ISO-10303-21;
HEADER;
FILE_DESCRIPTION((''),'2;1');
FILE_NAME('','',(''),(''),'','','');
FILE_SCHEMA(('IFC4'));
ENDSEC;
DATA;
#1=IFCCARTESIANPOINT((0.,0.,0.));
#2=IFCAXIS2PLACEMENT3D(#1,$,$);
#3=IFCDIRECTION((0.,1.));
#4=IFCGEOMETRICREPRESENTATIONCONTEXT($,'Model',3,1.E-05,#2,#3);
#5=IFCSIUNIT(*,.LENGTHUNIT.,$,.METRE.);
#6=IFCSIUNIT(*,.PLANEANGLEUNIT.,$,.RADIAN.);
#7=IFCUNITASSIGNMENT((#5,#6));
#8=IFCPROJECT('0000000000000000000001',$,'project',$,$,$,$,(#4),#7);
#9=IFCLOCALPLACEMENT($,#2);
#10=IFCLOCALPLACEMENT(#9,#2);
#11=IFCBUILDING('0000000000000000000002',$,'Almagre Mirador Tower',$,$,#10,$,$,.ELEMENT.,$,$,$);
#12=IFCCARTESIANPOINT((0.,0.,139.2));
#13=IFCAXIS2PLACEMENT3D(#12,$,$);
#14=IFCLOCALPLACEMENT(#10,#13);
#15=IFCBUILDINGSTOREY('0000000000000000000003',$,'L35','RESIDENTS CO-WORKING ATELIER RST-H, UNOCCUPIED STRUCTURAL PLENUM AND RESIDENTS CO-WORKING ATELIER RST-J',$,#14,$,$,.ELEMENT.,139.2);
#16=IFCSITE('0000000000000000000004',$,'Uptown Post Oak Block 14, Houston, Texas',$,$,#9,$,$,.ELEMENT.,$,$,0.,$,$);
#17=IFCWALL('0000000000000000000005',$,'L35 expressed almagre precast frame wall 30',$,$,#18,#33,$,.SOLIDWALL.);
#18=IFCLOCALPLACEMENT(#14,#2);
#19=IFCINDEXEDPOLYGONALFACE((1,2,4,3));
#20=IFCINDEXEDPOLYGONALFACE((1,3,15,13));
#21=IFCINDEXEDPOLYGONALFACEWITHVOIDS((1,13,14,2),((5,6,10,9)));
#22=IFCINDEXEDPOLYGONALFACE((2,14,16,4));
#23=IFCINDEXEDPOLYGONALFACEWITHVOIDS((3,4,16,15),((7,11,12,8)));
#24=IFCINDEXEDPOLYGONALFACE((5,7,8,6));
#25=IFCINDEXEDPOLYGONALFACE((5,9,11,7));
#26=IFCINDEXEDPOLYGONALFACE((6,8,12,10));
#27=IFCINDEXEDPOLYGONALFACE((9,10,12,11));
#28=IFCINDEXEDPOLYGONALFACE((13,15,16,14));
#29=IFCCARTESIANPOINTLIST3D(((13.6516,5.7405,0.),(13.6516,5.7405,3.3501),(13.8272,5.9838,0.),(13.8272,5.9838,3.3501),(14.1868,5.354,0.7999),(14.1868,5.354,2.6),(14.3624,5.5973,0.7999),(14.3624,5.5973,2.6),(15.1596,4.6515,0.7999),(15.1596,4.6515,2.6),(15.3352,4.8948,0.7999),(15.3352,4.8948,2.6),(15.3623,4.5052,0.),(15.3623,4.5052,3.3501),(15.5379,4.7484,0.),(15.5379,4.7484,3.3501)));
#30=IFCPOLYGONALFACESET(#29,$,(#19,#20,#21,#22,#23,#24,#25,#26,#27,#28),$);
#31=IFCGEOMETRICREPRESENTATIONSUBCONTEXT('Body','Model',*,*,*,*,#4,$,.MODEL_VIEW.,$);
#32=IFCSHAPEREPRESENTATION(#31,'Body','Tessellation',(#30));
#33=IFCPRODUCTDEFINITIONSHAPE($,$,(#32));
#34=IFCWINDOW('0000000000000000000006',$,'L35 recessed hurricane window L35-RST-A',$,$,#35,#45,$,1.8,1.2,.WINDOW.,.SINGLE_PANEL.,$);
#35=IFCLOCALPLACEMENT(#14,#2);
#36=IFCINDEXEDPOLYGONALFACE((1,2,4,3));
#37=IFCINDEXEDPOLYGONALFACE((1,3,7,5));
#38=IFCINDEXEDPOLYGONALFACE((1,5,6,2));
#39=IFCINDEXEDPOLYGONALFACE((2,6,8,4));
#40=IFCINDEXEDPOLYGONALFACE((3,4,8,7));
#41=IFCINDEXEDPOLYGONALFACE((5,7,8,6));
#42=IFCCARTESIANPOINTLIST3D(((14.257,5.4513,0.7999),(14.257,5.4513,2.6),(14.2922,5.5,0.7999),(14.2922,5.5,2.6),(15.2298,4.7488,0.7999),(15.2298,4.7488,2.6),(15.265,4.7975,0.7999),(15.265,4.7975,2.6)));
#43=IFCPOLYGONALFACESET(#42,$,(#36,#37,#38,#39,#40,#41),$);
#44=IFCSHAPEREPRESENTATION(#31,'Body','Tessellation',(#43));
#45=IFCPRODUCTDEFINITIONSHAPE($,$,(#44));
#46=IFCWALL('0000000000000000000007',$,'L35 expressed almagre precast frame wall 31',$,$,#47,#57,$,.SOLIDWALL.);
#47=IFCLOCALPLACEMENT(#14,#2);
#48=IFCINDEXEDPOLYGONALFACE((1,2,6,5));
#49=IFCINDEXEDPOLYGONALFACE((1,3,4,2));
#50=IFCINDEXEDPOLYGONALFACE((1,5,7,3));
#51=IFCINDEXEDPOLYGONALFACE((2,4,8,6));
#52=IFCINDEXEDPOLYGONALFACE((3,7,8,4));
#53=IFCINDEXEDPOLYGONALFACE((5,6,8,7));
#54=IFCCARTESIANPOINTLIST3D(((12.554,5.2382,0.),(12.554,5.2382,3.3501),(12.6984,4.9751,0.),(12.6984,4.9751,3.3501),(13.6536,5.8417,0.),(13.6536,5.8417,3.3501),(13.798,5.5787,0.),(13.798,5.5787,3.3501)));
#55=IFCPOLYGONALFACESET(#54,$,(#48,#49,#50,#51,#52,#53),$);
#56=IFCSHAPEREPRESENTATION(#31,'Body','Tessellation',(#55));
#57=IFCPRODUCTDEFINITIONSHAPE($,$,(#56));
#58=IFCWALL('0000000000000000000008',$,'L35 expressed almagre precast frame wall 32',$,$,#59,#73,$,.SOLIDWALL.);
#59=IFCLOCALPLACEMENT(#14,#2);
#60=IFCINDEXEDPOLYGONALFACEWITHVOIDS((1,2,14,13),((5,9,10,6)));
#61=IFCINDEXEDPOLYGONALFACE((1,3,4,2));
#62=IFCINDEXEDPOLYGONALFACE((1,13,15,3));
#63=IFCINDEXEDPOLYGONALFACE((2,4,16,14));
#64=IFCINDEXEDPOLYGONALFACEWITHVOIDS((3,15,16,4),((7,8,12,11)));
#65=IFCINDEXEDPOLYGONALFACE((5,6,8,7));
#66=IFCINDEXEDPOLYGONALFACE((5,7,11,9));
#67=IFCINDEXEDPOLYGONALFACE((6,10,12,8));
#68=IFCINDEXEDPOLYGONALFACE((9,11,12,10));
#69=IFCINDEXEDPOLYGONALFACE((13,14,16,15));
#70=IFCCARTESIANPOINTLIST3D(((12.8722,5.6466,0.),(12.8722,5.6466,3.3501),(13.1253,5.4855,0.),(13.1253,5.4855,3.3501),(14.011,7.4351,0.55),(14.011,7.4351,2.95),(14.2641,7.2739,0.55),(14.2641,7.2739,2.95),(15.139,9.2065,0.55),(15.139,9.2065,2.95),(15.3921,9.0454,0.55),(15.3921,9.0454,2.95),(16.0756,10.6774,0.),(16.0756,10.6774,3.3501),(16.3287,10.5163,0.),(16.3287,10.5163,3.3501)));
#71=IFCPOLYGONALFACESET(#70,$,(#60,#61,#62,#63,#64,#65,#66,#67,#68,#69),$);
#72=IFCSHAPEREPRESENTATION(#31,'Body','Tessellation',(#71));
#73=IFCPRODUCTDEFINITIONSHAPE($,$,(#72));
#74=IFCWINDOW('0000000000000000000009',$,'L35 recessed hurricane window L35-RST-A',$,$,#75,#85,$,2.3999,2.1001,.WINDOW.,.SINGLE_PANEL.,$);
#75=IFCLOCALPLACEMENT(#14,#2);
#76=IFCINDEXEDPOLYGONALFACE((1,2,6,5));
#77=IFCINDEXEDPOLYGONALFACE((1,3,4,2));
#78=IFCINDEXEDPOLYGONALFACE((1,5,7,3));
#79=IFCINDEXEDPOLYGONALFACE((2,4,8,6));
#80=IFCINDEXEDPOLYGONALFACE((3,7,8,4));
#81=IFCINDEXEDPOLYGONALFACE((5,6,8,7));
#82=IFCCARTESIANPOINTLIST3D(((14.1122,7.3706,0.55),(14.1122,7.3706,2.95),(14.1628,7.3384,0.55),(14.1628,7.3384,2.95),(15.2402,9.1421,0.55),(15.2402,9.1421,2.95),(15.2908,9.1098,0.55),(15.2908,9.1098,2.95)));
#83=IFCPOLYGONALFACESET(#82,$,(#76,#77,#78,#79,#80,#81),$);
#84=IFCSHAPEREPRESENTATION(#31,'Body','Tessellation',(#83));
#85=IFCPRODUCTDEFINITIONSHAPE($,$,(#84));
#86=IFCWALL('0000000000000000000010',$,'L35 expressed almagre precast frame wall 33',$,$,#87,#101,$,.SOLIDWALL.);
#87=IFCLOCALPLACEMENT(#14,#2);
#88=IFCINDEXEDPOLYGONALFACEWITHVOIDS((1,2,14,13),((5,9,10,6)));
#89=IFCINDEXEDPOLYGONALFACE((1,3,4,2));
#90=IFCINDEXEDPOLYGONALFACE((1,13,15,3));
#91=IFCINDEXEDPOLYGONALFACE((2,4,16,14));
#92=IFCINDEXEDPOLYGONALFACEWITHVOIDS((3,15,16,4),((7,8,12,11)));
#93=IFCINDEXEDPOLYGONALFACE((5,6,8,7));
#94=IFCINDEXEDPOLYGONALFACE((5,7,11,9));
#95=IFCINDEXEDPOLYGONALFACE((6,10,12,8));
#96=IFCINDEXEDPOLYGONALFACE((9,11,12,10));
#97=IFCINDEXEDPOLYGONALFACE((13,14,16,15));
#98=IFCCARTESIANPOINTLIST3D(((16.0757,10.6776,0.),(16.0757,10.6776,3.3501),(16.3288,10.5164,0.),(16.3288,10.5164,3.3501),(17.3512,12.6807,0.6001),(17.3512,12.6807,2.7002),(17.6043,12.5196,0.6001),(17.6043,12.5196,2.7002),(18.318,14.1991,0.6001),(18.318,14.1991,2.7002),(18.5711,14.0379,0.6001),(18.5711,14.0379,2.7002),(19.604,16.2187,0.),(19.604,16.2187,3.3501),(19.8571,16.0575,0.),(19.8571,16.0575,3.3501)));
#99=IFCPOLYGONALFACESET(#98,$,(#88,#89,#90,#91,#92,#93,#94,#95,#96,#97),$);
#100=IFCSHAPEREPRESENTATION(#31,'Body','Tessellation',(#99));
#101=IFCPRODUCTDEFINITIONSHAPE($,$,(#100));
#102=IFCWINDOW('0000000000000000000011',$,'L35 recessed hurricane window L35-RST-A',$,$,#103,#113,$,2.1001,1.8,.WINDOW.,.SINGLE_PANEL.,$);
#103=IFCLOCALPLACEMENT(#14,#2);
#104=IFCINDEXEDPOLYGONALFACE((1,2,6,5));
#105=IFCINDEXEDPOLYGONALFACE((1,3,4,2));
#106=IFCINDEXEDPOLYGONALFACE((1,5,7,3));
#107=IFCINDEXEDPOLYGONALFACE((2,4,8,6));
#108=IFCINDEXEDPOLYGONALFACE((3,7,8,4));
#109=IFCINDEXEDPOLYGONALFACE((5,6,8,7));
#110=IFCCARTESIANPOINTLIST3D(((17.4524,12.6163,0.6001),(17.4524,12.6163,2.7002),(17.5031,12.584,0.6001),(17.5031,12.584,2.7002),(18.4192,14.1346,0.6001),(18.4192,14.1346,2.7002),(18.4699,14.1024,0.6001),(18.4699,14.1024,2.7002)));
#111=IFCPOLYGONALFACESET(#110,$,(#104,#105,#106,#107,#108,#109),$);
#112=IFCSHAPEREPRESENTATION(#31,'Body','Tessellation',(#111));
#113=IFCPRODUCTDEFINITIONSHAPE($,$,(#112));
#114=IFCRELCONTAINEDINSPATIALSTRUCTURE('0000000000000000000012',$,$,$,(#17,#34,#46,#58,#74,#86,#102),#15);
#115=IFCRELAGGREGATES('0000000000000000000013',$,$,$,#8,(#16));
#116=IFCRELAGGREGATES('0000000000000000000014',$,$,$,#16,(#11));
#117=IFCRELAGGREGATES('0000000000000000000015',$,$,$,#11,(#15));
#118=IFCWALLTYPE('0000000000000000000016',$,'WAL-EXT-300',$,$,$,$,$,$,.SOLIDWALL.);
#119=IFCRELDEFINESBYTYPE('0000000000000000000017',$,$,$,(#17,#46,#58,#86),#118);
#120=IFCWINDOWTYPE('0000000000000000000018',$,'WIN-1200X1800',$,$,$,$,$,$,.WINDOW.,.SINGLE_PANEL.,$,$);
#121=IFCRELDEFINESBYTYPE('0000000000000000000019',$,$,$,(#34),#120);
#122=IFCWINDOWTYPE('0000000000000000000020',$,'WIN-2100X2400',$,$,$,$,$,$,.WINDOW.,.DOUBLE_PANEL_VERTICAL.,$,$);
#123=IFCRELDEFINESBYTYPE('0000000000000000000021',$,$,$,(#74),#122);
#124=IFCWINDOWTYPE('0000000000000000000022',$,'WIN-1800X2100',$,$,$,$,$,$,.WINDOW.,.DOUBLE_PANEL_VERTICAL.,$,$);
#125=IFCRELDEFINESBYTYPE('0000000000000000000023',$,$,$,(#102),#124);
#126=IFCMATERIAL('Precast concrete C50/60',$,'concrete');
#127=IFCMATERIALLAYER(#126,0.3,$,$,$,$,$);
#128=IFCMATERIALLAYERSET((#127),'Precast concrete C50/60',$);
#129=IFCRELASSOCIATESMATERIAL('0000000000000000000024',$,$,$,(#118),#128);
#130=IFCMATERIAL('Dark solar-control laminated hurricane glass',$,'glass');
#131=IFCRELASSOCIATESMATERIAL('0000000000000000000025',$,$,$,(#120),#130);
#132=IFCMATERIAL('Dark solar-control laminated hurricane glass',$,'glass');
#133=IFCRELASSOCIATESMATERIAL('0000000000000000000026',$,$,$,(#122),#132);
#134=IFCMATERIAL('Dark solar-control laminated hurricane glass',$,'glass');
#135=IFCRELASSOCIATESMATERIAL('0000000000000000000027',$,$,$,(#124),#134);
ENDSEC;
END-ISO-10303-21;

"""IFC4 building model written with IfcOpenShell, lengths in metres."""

from ifc_helpers import new_model, si_unit, direction, frame, frame_2d, origin, place, context, subcontext, project, spatial, rectangle, extrude, material, layer, layer_set, type_object, element, fill, save


model = new_model("IFC4")

# Units and contexts
model_context = context("Model", 3, precision=1e-05, world=origin(), true_north=direction((0.0, 1.0)))
body_context = subcontext(model_context, "Body", "Model", "MODEL_VIEW")
ifc_project = project(units=[si_unit("LENGTHUNIT", "METRE"), si_unit("PLANEANGLEUNIT", "RADIAN")], contexts=[model_context])

# Site, building, storey
site_placement = place(None, origin())
site = spatial("IfcSite", under=ifc_project, at=site_placement, Name="Uptown Post Oak Block 14, Houston, Texas", CompositionType="ELEMENT", RefElevation=0.0)
building_placement = place(site_placement, origin())
building = spatial("IfcBuilding", under=site, at=building_placement, Name="Almagre Mirador Tower", CompositionType="ELEMENT")
storey_placement = place(building_placement, frame((0.0, 0.0, 139.2)))
storey = spatial("IfcBuildingStorey", under=building, at=storey_placement, Name="L35", Description="RESIDENTS CO-WORKING ATELIER RST-H, UNOCCUPIED STRUCTURAL PLENUM AND RESIDENTS CO-WORKING ATELIER RST-J", CompositionType="ELEMENT", Elevation=139.2)

# Shared definitions
ifc_material_1 = material(Name="Precast concrete C50/60", Category="concrete")
ifc_layer_1 = layer(ifc_material_1, 0.3)
ifc_layer_set_1 = layer_set([ifc_layer_1], Name="Precast concrete C50/60")
wall_type = type_object("IfcWallType", Name="WAL-EXT-300", PredefinedType="SOLIDWALL", material=ifc_layer_set_1)

# Wall, opening, window
ifc_material_2 = material(Name="Dark solar-control laminated hurricane glass", Category="glass")
window_type_1 = type_object("IfcWindowType", Name="WIN-1200X1800", PartitioningType="SINGLE_PANEL", PredefinedType="WINDOW", material=ifc_material_2)
wall_1_placement = place(storey_placement, frame((15.4502, 4.6267, 0.0), z_axis=(0.0, 0.0, 1.0), x_axis=(-0.810713, 0.585444, 0.0)))
wall_1 = element("IfcWall", 1, at=wall_1_placement, inside=storey, type_object=wall_type, Name="L35 expressed almagre precast frame wall 30", PredefinedType="SOLIDWALL", context=body_context, shape_type="SweptSolid", body=[
    extrude(rectangle(XDim=2.1101, YDim=0.3, at=frame_2d((1.0552, 0.0))), origin(), (0.0, 0.0, 1.0), 3.3501),
])
opening_1_placement = place(wall_1_placement, frame((0.25, 0.0, 0.8)))
opening_1 = element("IfcOpeningElement", 2, at=opening_1_placement, cuts=wall_1, PredefinedType="OPENING", context=body_context, shape_type="SweptSolid", body=[
    extrude(rectangle(XDim=1.2, YDim=1.8, at=frame_2d((0.6001, 0.8999))), frame((0.0, 0.1599, 0.0), z_axis=(0.0, -1.0, 0.0), x_axis=(1.0, 0.0, 0.0)), (0.0, 0.0, 1.0), 0.32),
])
window_1_placement = place(opening_1_placement, origin())
window_1 = element("IfcWindow", 3, at=window_1_placement, inside=storey, type_object=window_type_1, Name="L35 recessed hurricane window L35-RST-A", OverallHeight=1.8, OverallWidth=1.2, PartitioningType="SINGLE_PANEL", PredefinedType="WINDOW", context=body_context, shape_type="SweptSolid", body=[
    extrude(rectangle(XDim=1.2, YDim=1.8, at=frame_2d((0.6001, 0.8999))), frame((0.0, 0.03, 0.0), z_axis=(0.0, -1.0, 0.0), x_axis=(1.0, 0.0, 0.0)), (0.0, 0.0, 1.0), 0.0601),
])
fill(opening_1, window_1)

# Wall
wall_2_placement = place(storey_placement, frame((13.7258, 5.7102, 0.0), z_axis=(0.0, 0.0, 1.0), x_axis=(-0.876643, -0.481142, 0.0)))
element("IfcWall", 4, at=wall_2_placement, inside=storey, type_object=wall_type, Name="L35 expressed almagre precast frame wall 31", PredefinedType="SOLIDWALL", context=body_context, shape_type="SweptSolid", body=[
    extrude(rectangle(XDim=1.2544, YDim=0.3, at=frame_2d((0.6272, 0.0))), origin(), (0.0, 0.0, 1.0), 3.3501),
])

# Walls, openings, windows
wall_3_placement = place(storey_placement, frame((12.9988, 5.5662, 0.0), z_axis=(0.0, 0.0, 1.0), x_axis=(0.537111, 0.843511, 0.0)))
wall_3 = element("IfcWall", 5, at=wall_3_placement, inside=storey, type_object=wall_type, Name="L35 expressed almagre precast frame wall 32", PredefinedType="SOLIDWALL", context=body_context, shape_type="SweptSolid", body=[
    extrude(rectangle(XDim=5.9641, YDim=0.3, at=frame_2d((2.9819, 0.0))), origin(), (0.0, 0.0, 1.0), 3.3501),
])
opening_2_placement = place(wall_3_placement, frame((2.1201, 0.0, 0.55)))
opening_2 = element("IfcOpeningElement", 6, at=opening_2_placement, cuts=wall_3, PredefinedType="OPENING", context=body_context, shape_type="SweptSolid", body=[
    extrude(rectangle(XDim=2.1001, YDim=2.3999, at=frame_2d((1.05, 1.2))), frame((0.0, 0.1599, 0.0), z_axis=(0.0, -1.0, 0.0), x_axis=(1.0, 0.0, 0.0)), (0.0, 0.0, 1.0), 0.32),
])
ifc_material_3 = material(Name="Dark solar-control laminated hurricane glass", Category="glass")
window_type_2 = type_object("IfcWindowType", Name="WIN-2100X2400", PartitioningType="DOUBLE_PANEL_VERTICAL", PredefinedType="WINDOW", material=ifc_material_3)
window_2_placement = place(opening_2_placement, origin())
window_2 = element("IfcWindow", 7, at=window_2_placement, inside=storey, type_object=window_type_2, Name="L35 recessed hurricane window L35-RST-A", OverallHeight=2.3999, OverallWidth=2.1001, PartitioningType="SINGLE_PANEL", PredefinedType="WINDOW", context=body_context, shape_type="SweptSolid", body=[
    extrude(rectangle(XDim=2.1001, YDim=2.3999, at=frame_2d((1.05, 1.2))), frame((0.0, 0.03, 0.0), z_axis=(0.0, -1.0, 0.0), x_axis=(1.0, 0.0, 0.0)), (0.0, 0.0, 1.0), 0.0601),
])
fill(opening_2, window_2)
wall_4_placement = place(storey_placement, frame((16.2021, 10.5969, 0.0), z_axis=(0.0, 0.0, 1.0), x_axis=(0.537116, 0.843508, 0.0)))
wall_4 = element("IfcWall", 8, at=wall_4_placement, inside=storey, type_object=wall_type, Name="L35 expressed almagre precast frame wall 33", PredefinedType="SOLIDWALL", context=body_context, shape_type="SweptSolid", body=[
    extrude(rectangle(XDim=6.5691, YDim=0.3, at=frame_2d((3.2847, 0.0))), origin(), (0.0, 0.0, 1.0), 3.3501),
])
opening_3_placement = place(wall_4_placement, frame((2.375, 0.0, 0.6001)))
opening_3 = element("IfcOpeningElement", 9, at=opening_3_placement, cuts=wall_4, PredefinedType="OPENING", context=body_context, shape_type="SweptSolid", body=[
    extrude(rectangle(XDim=1.8, YDim=2.1001, at=frame_2d((0.8999, 1.05))), frame((0.0, 0.1599, 0.0), z_axis=(0.0, -1.0, 0.0), x_axis=(1.0, 0.0, 0.0)), (0.0, 0.0, 1.0), 0.32),
])
ifc_material_4 = material(Name="Dark solar-control laminated hurricane glass", Category="glass")
window_type_3 = type_object("IfcWindowType", Name="WIN-1800X2100", PartitioningType="DOUBLE_PANEL_VERTICAL", PredefinedType="WINDOW", material=ifc_material_4)
window_3_placement = place(opening_3_placement, origin())
window_3 = element("IfcWindow", 10, at=window_3_placement, inside=storey, type_object=window_type_3, Name="L35 recessed hurricane window L35-RST-A", OverallHeight=2.1001, OverallWidth=1.8, PartitioningType="SINGLE_PANEL", PredefinedType="WINDOW", context=body_context, shape_type="SweptSolid", body=[
    extrude(rectangle(XDim=1.8, YDim=2.1001, at=frame_2d((0.8999, 1.05))), frame((0.0, 0.03, 0.0), z_axis=(0.0, -1.0, 0.0), x_axis=(1.0, 0.0, 0.0)), (0.0, 0.0, 1.0), 0.0601),
])
fill(opening_3, window_3)

save(model, "model.ifc")
